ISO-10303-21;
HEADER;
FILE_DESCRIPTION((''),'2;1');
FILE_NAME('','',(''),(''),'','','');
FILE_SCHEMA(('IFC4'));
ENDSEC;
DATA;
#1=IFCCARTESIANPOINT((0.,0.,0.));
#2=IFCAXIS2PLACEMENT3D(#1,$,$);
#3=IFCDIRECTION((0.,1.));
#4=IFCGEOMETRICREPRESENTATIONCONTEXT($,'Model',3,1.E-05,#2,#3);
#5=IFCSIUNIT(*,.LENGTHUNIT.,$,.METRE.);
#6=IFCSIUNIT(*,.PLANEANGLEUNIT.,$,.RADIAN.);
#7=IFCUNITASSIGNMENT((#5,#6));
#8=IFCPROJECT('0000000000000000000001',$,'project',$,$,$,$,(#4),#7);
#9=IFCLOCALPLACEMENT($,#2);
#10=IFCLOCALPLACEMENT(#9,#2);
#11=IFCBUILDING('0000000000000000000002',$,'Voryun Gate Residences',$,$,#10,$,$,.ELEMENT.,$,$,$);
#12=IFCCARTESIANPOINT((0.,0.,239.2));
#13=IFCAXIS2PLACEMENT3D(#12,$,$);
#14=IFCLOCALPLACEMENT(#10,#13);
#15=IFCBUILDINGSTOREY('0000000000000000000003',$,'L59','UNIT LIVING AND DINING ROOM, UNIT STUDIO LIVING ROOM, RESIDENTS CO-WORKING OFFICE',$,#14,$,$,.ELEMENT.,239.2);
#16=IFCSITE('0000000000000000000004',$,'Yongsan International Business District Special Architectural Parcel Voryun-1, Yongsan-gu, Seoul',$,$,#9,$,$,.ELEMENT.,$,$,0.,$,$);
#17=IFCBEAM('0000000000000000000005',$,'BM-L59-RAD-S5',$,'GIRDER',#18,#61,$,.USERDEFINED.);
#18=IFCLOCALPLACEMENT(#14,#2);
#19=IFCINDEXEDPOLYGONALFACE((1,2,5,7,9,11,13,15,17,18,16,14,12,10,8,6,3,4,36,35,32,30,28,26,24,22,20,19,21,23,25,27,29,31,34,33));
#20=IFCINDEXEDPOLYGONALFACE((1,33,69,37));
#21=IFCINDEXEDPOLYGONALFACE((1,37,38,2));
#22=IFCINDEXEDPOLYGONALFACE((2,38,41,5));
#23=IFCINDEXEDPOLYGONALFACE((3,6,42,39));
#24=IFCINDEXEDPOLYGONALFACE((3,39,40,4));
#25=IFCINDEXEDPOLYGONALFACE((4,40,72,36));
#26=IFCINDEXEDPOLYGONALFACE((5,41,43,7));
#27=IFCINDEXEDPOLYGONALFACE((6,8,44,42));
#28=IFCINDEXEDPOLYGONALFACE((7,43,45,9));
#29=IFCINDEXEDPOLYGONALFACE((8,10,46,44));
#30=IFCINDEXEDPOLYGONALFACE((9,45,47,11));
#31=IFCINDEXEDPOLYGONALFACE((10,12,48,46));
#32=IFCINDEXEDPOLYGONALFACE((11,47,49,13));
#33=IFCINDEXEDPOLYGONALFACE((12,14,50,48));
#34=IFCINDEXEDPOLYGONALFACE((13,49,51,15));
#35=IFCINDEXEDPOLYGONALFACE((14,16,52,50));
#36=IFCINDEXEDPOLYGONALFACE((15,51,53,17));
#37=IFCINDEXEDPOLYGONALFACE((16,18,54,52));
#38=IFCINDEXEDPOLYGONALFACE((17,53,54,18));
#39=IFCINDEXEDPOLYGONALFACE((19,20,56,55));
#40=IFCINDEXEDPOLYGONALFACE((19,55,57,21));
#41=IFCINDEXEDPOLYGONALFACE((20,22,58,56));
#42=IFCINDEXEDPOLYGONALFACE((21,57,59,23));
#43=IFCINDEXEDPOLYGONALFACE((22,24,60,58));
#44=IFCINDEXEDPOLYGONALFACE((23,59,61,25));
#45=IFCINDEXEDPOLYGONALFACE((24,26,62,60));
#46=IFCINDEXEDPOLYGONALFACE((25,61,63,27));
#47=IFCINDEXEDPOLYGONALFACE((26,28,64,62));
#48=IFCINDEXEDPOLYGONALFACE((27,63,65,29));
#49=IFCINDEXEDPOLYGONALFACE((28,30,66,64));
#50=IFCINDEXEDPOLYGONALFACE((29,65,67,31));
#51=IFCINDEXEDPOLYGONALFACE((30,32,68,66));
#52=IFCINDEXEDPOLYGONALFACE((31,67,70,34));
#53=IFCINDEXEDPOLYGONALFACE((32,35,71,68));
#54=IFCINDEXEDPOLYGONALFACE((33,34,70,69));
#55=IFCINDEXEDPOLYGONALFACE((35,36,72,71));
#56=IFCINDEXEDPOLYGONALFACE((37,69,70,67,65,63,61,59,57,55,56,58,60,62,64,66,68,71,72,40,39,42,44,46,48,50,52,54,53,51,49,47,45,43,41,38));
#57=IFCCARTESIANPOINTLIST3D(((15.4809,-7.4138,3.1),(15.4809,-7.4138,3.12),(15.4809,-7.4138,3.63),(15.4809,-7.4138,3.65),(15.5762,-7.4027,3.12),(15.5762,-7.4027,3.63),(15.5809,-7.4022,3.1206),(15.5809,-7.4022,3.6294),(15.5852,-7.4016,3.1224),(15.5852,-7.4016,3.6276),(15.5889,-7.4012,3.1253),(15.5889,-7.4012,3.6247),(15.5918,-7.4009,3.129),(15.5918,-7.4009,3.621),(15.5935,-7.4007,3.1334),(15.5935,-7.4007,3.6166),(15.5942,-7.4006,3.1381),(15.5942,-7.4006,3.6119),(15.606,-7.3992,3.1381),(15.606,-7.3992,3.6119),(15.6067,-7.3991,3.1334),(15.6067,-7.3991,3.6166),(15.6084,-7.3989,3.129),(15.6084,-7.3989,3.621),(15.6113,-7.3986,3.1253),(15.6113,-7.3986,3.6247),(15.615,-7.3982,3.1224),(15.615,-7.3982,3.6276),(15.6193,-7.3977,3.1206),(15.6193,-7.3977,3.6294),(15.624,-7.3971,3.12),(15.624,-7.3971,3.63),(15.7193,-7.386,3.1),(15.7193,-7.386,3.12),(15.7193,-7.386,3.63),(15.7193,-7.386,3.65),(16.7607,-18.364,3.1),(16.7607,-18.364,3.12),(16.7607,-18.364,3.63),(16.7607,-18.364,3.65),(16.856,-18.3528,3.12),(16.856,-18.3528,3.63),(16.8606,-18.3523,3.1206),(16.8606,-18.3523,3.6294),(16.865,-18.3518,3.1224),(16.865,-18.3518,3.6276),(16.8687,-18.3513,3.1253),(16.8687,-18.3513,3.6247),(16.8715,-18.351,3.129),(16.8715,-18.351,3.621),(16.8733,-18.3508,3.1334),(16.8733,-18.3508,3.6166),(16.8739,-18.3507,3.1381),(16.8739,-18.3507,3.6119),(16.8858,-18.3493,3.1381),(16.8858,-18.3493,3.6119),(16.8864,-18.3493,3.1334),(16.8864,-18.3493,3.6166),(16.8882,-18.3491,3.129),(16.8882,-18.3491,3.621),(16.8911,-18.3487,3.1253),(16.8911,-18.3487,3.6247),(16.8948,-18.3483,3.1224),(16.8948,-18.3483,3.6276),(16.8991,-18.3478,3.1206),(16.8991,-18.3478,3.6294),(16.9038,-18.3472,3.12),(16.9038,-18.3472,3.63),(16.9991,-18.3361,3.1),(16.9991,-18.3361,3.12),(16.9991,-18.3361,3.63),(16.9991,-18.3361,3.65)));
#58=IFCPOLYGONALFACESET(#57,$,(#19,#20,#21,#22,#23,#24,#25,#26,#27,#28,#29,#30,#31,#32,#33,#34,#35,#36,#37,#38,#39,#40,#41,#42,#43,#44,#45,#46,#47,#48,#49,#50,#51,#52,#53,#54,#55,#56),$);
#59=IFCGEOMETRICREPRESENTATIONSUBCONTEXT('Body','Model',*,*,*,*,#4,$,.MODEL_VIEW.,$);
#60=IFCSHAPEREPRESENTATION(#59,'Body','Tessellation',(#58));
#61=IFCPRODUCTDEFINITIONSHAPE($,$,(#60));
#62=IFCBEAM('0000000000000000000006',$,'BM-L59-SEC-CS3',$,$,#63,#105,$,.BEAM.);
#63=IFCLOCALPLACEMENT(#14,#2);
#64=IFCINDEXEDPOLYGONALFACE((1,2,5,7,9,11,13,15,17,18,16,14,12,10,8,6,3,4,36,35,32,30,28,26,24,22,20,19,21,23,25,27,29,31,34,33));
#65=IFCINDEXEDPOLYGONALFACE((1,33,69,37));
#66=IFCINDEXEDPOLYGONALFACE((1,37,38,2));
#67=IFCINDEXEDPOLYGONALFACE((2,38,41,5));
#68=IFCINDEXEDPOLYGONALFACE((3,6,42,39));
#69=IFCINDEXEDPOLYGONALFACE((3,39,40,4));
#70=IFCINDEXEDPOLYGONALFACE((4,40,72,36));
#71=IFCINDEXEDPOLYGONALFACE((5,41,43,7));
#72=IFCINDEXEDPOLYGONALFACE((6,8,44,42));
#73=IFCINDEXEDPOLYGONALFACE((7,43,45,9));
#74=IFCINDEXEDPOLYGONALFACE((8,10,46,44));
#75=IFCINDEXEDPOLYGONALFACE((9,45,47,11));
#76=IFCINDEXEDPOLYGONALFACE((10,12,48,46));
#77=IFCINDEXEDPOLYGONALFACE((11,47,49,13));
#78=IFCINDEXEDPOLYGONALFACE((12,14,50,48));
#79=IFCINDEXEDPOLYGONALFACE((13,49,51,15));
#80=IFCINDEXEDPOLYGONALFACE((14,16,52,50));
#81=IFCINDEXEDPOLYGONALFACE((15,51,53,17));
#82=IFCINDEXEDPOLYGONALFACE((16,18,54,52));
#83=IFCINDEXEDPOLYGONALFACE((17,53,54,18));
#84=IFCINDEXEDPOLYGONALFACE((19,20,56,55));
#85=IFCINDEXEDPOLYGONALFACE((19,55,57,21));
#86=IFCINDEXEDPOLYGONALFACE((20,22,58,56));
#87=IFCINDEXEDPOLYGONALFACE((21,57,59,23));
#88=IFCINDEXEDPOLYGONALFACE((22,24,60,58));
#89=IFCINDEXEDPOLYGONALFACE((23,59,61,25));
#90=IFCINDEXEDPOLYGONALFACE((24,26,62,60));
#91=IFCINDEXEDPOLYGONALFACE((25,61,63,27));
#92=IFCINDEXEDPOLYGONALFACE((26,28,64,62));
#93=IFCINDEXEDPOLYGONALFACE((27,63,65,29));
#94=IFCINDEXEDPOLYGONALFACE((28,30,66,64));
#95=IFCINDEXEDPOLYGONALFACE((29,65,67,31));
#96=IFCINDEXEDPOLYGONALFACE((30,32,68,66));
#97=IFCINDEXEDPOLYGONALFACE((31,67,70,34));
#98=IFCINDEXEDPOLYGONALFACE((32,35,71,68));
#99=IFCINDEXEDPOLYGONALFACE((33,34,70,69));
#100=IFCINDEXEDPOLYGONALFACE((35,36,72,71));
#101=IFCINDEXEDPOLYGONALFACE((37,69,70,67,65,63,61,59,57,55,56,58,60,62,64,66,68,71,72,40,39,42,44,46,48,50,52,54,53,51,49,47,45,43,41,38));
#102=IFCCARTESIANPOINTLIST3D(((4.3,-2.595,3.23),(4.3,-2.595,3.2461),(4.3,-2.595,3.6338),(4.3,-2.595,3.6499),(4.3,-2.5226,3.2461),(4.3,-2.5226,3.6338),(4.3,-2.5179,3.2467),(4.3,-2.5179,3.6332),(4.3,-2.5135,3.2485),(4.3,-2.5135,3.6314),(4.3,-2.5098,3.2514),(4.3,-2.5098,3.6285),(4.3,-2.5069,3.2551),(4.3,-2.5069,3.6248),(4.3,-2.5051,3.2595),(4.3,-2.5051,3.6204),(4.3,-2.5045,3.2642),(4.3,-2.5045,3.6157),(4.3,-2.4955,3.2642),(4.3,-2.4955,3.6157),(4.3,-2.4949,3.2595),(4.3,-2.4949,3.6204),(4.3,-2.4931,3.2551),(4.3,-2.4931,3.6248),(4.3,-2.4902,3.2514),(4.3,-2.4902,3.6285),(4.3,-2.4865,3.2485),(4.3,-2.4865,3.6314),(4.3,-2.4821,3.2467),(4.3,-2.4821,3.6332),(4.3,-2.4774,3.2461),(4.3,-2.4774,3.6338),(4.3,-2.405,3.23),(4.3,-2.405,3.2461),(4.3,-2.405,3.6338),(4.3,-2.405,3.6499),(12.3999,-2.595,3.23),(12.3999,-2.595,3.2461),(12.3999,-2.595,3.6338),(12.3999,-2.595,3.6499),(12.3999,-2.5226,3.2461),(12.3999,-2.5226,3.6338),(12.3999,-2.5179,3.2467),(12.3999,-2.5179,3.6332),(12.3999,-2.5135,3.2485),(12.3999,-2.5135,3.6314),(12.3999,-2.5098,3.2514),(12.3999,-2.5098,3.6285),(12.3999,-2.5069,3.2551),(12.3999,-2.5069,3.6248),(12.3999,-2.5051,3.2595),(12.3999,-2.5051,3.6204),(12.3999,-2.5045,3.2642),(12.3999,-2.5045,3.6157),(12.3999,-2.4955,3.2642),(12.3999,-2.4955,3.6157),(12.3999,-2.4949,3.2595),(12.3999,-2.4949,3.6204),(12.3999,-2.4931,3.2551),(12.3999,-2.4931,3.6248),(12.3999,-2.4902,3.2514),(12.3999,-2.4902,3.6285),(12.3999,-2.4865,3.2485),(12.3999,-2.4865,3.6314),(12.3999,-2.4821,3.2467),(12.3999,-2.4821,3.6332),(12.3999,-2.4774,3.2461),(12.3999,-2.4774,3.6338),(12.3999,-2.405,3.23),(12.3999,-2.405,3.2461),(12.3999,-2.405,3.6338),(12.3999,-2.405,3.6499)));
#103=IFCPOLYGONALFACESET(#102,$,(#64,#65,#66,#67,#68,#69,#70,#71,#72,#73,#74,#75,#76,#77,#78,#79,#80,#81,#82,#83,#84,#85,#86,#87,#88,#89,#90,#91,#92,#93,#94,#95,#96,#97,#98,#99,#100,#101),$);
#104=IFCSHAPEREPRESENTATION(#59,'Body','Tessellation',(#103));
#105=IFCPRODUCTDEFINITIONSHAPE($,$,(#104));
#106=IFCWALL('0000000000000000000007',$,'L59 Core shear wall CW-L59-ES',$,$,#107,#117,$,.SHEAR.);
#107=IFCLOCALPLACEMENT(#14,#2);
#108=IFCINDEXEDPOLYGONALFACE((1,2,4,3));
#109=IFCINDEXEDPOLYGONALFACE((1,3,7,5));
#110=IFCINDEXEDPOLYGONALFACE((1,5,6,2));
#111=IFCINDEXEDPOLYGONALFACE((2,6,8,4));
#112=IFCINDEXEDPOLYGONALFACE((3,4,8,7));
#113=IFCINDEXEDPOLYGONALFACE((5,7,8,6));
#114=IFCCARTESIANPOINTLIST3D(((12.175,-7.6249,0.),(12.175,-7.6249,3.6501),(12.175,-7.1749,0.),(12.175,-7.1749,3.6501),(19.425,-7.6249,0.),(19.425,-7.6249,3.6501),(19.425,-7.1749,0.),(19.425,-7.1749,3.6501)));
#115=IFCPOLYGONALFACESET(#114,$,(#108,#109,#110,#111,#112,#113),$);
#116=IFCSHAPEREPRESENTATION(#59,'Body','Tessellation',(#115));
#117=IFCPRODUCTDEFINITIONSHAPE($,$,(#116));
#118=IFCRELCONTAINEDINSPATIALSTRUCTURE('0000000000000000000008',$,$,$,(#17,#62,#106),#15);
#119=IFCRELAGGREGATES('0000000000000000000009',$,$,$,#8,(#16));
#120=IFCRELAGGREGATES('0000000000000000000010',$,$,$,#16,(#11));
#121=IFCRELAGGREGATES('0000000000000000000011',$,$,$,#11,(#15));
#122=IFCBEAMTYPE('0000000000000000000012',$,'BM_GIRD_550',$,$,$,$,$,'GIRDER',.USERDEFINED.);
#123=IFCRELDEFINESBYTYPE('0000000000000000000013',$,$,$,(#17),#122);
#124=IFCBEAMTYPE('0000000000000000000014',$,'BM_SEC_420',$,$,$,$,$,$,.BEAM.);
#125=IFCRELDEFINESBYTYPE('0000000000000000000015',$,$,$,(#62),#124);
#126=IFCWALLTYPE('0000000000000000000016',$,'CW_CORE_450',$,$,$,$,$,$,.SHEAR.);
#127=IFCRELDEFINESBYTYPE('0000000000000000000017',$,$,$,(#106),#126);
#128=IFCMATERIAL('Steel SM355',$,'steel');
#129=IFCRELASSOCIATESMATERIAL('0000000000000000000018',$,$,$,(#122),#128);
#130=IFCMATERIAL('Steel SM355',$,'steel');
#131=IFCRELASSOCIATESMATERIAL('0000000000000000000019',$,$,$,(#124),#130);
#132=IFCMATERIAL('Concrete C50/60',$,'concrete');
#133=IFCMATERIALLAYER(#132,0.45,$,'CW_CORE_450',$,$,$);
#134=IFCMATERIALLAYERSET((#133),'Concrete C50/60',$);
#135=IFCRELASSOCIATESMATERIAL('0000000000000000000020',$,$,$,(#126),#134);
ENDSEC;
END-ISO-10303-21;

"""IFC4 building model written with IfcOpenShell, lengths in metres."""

from ifc_helpers import new_model, si_unit, direction, frame, frame_2d, origin, origin_2d, place, context, subcontext, project, spatial, rectangle, i_section, extrude, material, layer, layer_set, material_profile, profile_set, type_object, element, save


model = new_model("IFC4")

# Units and contexts
model_context = context("Model", 3, precision=1e-05, world=origin(), true_north=direction((0.0, 1.0)))
body_context = subcontext(model_context, "Body", "Model", "MODEL_VIEW")
ifc_project = project(units=[si_unit("LENGTHUNIT", "METRE"), si_unit("PLANEANGLEUNIT", "RADIAN")], contexts=[model_context])

# Site, building, storey
site_placement = place(None, origin())
site = spatial("IfcSite", under=ifc_project, at=site_placement, Name="Yongsan International Business District Special Architectural Parcel Voryun-1, Yongsan-gu, Seoul", CompositionType="ELEMENT", RefElevation=0.0)
building_placement = place(site_placement, origin())
building = spatial("IfcBuilding", under=site, at=building_placement, Name="Voryun Gate Residences", CompositionType="ELEMENT")
storey_placement = place(building_placement, frame((0.0, 0.0, 239.2)))
storey = spatial("IfcBuildingStorey", under=building, at=storey_placement, Name="L59", Description="UNIT LIVING AND DINING ROOM, UNIT STUDIO LIVING ROOM, RESIDENTS CO-WORKING OFFICE", CompositionType="ELEMENT", Elevation=239.2)

# Beams
ifc_material_1 = material(Name="Steel SM355", Category="steel")
ifc_material_profile_1 = material_profile(ifc_material_1, i_section(OverallWidth=0.24, OverallDepth=0.55, WebThickness=0.012, FlangeThickness=0.02, FilletRadius=0.0181, at=origin_2d()), Name="H-550x240x12x20")
ifc_profile_set_1 = profile_set([ifc_material_profile_1], Name="Steel SM355")
beam_type_1 = type_object("IfcBeamType", Name="BM_GIRD_550", ElementType="GIRDER", PredefinedType="USERDEFINED", material=ifc_profile_set_1)
beam_1_placement = place(storey_placement, frame((15.6001, -7.3999, 3.375), z_axis=(0.116083, -0.993239, 0.0), x_axis=(0.993239, 0.116083, 0.0)))
element("IfcBeam", 1, at=beam_1_placement, inside=storey, type_object=beam_type_1, Name="BM-L59-RAD-S5", ObjectType="GIRDER", PredefinedType="USERDEFINED", context=body_context, shape_type="SweptSolid", body=[
    extrude(i_section(OverallWidth=0.24, OverallDepth=0.55, WebThickness=0.012, FlangeThickness=0.02, FilletRadius=0.0181, at=origin_2d()), origin(), (0.0, 0.0, 1.0), 11.0247),
])
ifc_material_2 = material(Name="Steel SM355", Category="steel")
ifc_material_profile_2 = material_profile(ifc_material_2, i_section(OverallWidth=0.1899, OverallDepth=0.4199, WebThickness=0.009, FlangeThickness=0.0161, FilletRadius=0.0181, at=origin_2d()), Name="H-420x190x9x16")
ifc_profile_set_2 = profile_set([ifc_material_profile_2], Name="Steel SM355")
beam_type_2 = type_object("IfcBeamType", Name="BM_SEC_420", PredefinedType="BEAM", material=ifc_profile_set_2)
beam_2_placement = place(storey_placement, frame((4.3, -2.5, 3.4399), z_axis=(1.0, 0.0, 0.0), x_axis=(0.0, 1.0, 0.0)))
element("IfcBeam", 2, at=beam_2_placement, inside=storey, type_object=beam_type_2, Name="BM-L59-SEC-CS3", PredefinedType="BEAM", context=body_context, shape_type="SweptSolid", body=[
    extrude(i_section(OverallWidth=0.1899, OverallDepth=0.4199, WebThickness=0.009, FlangeThickness=0.0161, FilletRadius=0.0181, at=origin_2d()), origin(), (0.0, 0.0, 1.0), 8.0999),
])

# Wall
ifc_material_3 = material(Name="Concrete C50/60", Category="concrete")
ifc_layer_1 = layer(ifc_material_3, 0.45, Name="CW_CORE_450")
ifc_layer_set_1 = layer_set([ifc_layer_1], Name="Concrete C50/60")
wall_type_1 = type_object("IfcWallType", Name="CW_CORE_450", PredefinedType="SHEAR", material=ifc_layer_set_1)
wall_1_placement = place(storey_placement, frame((12.175, -7.3999, 0.0), z_axis=(0.0, 0.0, 1.0), x_axis=(1.0, 0.0, 0.0)))
element("IfcWall", 3, at=wall_1_placement, inside=storey, type_object=wall_type_1, Name="L59 Core shear wall CW-L59-ES", PredefinedType="SHEAR", context=body_context, shape_type="SweptSolid", body=[
    extrude(rectangle(XDim=7.25, YDim=0.45, at=frame_2d((3.625, 0.0))), origin(), (0.0, 0.0, 1.0), 3.6501),
])

save(model, "model.ifc")
